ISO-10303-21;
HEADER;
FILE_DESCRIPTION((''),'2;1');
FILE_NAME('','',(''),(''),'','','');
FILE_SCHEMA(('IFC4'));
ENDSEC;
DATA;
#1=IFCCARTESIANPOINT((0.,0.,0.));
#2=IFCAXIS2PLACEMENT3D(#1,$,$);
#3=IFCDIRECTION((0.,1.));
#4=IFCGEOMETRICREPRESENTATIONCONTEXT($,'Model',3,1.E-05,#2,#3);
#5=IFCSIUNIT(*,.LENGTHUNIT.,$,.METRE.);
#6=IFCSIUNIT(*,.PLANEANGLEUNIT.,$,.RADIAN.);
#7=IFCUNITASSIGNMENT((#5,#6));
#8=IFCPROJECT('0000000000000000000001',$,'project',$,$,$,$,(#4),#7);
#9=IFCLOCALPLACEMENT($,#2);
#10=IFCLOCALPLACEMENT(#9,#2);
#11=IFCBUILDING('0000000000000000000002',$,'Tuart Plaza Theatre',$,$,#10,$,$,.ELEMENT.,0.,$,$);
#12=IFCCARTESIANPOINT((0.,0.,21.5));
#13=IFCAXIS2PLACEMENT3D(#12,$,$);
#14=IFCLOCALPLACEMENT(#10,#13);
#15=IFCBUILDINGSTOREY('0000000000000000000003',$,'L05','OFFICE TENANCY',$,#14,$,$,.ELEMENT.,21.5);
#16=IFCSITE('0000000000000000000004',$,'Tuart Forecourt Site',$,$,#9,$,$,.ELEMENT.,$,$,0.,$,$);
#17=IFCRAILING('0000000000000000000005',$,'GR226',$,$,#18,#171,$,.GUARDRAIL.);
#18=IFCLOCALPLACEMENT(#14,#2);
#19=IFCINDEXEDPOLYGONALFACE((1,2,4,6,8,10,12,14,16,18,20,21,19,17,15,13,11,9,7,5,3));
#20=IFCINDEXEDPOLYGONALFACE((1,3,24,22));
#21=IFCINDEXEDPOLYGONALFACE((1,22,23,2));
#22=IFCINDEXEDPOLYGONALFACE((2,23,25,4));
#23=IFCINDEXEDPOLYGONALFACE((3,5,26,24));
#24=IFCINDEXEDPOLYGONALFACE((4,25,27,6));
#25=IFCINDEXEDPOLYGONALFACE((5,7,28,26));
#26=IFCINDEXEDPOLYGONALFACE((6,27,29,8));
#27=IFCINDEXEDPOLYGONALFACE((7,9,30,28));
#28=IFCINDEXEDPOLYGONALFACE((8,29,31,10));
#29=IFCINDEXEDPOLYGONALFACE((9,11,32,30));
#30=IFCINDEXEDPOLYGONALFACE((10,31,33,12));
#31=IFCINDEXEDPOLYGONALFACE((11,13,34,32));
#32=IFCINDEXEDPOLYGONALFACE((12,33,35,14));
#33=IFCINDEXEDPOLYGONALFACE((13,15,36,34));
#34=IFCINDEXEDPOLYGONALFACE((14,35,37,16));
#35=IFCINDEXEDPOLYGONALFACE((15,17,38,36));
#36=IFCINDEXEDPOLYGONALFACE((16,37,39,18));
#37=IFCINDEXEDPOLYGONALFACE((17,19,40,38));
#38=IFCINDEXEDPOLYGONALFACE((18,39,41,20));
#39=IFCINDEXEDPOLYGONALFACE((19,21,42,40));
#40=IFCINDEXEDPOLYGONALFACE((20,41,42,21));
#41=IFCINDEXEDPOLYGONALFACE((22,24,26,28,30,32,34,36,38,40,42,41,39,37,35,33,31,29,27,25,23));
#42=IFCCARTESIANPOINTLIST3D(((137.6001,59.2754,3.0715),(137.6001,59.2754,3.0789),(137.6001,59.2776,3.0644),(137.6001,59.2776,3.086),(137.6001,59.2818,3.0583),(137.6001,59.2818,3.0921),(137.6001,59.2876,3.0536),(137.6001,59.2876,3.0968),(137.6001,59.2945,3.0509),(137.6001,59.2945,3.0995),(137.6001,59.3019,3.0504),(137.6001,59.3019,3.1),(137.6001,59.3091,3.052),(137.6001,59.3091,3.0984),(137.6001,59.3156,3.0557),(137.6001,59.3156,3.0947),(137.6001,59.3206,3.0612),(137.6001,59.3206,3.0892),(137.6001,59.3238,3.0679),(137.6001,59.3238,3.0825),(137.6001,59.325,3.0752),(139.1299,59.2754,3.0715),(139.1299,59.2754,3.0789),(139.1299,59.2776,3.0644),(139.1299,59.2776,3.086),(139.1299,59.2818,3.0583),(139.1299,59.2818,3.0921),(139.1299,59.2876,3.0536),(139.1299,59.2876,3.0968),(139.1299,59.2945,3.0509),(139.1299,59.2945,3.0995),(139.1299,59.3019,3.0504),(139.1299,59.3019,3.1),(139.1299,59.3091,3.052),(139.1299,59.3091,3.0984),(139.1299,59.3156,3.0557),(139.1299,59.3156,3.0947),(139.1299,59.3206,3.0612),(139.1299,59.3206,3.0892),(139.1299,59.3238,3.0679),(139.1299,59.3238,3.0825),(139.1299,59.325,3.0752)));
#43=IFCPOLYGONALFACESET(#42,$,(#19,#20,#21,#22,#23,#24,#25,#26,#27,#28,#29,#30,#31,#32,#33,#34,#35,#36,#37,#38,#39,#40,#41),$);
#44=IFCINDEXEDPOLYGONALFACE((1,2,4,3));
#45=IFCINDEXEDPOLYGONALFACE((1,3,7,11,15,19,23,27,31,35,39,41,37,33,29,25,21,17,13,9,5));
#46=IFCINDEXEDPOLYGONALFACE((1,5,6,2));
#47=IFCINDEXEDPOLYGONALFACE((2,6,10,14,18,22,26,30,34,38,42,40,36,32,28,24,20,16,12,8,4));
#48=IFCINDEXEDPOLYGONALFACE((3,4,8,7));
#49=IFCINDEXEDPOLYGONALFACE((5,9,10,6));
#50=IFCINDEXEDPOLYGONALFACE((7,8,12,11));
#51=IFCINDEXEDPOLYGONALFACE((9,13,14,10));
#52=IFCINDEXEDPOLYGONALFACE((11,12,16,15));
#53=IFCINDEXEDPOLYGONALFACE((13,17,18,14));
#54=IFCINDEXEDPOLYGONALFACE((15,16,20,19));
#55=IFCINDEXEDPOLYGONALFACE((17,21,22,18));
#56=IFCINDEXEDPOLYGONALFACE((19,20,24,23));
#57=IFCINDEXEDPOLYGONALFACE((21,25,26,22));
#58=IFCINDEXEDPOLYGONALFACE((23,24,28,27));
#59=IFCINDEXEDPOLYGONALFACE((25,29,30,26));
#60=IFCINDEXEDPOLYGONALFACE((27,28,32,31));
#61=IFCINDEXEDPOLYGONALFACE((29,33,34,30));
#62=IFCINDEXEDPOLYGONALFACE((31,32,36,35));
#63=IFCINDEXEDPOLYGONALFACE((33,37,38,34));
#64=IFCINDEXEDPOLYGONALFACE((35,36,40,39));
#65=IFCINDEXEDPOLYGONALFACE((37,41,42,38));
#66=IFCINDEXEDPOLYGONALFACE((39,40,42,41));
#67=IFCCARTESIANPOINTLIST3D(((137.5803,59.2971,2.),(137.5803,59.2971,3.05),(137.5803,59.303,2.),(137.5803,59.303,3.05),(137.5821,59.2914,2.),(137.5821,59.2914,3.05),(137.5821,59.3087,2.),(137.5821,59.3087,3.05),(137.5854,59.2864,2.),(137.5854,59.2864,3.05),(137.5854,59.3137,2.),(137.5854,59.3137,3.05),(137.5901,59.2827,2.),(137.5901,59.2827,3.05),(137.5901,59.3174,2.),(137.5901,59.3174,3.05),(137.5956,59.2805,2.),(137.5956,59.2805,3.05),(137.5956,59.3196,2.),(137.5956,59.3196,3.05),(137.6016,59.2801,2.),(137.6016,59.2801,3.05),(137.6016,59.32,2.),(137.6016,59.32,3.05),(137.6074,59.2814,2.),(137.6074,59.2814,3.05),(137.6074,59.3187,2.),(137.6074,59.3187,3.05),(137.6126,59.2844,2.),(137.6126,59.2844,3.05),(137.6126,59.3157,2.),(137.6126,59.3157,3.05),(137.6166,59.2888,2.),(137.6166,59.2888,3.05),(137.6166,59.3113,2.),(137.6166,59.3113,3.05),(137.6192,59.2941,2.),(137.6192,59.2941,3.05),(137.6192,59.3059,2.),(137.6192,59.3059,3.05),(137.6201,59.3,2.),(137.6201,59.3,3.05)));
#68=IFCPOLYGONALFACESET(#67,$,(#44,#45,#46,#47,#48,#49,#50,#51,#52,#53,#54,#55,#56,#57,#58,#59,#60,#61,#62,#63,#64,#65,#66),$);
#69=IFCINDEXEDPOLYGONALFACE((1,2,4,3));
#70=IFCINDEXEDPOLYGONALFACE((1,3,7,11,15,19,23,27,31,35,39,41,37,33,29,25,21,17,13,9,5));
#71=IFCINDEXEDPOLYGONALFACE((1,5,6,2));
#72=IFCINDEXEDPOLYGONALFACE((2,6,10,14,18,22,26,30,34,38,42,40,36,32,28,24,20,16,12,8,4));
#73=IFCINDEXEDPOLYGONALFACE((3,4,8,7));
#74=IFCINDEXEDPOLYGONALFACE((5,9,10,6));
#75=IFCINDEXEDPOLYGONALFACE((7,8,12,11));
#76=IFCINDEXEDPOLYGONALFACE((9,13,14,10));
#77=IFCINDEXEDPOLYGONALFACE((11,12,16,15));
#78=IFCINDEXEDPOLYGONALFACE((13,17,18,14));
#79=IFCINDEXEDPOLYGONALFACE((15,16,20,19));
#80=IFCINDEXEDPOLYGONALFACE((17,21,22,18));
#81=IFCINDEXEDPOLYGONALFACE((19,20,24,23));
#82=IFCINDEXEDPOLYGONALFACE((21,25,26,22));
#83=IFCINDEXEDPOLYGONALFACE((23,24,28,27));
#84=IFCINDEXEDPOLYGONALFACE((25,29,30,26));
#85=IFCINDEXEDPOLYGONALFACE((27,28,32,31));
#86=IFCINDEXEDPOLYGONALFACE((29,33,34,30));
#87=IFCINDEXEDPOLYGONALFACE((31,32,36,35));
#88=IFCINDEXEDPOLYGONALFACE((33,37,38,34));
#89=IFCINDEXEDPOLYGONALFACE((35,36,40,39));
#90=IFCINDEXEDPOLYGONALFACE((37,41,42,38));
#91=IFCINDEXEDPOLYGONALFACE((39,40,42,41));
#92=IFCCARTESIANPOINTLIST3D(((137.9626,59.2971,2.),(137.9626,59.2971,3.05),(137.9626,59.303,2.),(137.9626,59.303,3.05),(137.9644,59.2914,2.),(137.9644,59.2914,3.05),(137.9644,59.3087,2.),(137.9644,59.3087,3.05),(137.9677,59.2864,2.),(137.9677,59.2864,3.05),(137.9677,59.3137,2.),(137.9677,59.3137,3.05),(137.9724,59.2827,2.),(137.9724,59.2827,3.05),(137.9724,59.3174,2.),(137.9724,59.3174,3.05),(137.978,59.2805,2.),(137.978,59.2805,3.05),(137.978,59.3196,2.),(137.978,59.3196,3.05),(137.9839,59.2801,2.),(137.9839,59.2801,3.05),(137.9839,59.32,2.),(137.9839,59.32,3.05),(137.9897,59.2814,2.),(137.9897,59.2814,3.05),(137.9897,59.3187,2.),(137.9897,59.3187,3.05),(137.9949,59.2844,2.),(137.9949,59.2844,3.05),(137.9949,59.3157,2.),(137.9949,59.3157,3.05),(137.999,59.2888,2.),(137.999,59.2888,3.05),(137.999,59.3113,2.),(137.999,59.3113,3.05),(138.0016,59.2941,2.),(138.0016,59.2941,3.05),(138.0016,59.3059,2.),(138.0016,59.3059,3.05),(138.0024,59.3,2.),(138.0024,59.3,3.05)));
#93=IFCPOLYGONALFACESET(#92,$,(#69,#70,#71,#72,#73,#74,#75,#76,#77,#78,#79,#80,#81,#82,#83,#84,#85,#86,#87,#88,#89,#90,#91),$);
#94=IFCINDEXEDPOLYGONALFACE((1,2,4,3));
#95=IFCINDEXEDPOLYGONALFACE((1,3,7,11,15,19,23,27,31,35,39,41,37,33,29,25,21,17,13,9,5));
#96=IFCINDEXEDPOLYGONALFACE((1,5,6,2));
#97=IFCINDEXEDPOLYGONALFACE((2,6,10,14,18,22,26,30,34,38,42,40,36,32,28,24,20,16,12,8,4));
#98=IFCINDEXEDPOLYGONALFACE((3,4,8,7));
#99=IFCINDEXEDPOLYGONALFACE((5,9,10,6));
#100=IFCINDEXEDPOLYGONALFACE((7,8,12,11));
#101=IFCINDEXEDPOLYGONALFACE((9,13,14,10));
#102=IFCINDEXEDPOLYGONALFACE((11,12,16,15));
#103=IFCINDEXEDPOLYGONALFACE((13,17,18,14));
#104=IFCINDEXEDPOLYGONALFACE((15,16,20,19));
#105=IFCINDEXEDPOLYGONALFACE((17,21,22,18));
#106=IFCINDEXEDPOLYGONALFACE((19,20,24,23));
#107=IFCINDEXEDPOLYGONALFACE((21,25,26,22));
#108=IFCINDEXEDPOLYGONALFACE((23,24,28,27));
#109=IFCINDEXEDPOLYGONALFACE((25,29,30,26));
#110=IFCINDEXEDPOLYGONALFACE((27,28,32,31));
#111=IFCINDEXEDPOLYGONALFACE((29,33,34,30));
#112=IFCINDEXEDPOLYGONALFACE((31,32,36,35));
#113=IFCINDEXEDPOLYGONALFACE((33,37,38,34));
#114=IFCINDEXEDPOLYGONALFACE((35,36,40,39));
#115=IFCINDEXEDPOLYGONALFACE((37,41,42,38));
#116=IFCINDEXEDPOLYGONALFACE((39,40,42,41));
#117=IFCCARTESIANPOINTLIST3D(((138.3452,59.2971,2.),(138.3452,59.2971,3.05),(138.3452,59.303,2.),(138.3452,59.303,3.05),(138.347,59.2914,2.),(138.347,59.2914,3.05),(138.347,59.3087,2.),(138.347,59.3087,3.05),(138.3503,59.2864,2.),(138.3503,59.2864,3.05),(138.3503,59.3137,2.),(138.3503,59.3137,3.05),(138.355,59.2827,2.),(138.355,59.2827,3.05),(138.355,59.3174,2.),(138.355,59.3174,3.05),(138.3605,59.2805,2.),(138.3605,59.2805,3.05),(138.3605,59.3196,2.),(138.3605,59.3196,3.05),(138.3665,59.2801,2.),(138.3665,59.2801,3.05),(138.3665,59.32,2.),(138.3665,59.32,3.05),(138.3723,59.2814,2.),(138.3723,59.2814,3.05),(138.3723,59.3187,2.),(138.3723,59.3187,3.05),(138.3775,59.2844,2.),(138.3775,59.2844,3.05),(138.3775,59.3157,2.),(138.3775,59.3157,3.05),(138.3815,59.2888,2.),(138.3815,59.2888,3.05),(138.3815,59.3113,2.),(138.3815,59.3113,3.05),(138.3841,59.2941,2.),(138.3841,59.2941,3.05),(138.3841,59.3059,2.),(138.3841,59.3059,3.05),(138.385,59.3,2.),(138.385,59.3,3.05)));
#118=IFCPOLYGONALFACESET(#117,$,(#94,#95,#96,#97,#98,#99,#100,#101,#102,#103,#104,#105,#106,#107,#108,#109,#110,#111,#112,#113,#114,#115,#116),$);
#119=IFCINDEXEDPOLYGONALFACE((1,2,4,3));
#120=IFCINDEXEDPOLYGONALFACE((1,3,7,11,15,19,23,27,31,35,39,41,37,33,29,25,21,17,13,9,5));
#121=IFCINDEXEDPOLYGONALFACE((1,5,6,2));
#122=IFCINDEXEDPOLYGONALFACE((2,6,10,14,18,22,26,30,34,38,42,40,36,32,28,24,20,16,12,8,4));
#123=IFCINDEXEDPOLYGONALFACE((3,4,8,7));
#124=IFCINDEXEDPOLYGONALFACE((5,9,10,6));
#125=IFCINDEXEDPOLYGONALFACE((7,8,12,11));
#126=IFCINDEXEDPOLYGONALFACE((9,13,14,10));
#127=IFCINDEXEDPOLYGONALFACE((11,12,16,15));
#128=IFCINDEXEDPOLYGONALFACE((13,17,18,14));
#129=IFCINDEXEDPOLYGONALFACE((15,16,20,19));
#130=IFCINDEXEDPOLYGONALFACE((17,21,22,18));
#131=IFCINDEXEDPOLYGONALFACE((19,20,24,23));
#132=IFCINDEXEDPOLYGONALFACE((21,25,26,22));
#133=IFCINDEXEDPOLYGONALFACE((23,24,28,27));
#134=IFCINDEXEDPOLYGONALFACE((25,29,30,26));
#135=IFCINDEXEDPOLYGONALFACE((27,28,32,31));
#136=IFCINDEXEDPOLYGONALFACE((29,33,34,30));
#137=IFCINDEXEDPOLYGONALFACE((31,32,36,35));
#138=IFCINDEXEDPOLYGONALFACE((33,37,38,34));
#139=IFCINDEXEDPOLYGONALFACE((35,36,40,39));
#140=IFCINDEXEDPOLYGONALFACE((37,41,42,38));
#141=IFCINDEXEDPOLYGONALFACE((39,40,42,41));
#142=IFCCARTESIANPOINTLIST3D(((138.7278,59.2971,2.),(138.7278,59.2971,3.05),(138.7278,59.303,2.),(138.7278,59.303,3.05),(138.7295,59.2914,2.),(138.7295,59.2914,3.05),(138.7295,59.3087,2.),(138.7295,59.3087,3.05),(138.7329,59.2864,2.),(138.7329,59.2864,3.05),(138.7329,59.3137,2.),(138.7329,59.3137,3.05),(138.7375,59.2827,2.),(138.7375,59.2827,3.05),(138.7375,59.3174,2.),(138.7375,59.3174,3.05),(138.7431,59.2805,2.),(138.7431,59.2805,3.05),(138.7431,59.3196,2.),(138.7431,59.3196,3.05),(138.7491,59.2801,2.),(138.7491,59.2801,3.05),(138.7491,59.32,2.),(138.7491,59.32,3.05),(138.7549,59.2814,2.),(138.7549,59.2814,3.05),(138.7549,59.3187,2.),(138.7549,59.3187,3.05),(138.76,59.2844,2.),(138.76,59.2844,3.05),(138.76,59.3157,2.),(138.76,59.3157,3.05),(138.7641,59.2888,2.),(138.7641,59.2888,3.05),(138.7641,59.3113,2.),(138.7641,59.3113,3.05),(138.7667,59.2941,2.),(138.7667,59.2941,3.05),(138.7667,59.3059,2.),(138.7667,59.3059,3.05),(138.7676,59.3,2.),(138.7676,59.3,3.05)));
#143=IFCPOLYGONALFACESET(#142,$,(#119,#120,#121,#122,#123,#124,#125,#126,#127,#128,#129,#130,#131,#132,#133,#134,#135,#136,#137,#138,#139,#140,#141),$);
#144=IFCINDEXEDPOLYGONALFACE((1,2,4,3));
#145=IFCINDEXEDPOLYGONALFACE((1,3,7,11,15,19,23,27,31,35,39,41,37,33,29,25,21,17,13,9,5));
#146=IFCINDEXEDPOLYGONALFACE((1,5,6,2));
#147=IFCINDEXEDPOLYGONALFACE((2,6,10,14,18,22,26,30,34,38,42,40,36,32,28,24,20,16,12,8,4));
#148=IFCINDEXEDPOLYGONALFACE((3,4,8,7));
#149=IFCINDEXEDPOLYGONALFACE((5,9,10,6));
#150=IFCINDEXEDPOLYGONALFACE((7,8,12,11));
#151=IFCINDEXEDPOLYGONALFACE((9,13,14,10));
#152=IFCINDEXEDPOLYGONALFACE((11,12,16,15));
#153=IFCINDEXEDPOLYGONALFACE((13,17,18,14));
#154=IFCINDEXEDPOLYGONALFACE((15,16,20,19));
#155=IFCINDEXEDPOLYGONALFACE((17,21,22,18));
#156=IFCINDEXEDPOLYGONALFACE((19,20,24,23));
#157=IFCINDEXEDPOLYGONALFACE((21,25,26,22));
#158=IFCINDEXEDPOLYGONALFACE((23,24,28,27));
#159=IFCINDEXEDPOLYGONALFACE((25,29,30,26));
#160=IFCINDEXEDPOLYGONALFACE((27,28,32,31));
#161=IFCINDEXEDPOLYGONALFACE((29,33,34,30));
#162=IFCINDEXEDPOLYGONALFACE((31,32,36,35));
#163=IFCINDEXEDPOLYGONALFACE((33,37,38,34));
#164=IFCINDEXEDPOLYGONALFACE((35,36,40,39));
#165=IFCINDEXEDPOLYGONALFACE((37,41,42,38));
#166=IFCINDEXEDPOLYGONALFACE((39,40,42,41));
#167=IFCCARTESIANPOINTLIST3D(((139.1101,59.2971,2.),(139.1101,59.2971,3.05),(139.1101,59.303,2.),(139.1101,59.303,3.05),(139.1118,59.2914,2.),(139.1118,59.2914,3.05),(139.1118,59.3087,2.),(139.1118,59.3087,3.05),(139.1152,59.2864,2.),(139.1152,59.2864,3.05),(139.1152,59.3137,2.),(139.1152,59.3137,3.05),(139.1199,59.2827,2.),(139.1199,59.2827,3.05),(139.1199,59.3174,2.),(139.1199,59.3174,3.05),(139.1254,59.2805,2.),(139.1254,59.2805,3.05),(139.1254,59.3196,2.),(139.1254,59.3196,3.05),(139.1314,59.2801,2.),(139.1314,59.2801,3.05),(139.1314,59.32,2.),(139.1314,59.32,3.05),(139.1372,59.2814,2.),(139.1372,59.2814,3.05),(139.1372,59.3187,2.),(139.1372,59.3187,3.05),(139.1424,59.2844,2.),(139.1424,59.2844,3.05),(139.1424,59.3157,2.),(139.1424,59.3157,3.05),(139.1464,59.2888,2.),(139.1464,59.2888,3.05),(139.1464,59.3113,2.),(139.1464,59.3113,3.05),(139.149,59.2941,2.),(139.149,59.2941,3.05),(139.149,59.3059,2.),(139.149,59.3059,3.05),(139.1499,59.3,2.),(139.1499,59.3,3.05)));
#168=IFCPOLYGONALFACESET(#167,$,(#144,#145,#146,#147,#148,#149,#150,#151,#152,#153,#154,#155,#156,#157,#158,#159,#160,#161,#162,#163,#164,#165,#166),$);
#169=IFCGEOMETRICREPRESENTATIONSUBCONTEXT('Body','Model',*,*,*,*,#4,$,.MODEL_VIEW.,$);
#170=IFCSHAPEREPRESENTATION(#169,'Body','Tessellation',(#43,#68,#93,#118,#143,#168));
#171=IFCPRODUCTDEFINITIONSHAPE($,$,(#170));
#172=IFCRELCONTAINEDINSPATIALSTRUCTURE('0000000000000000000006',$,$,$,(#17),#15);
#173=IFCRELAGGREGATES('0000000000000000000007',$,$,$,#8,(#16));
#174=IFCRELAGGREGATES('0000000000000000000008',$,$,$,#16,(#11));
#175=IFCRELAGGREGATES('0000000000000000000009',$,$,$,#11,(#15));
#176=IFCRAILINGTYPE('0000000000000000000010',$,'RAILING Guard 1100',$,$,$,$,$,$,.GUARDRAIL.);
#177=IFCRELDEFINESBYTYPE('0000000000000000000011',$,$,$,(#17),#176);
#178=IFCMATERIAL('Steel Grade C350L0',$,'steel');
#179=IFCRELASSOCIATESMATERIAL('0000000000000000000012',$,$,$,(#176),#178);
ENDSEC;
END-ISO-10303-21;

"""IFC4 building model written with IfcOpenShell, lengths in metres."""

from ifc_helpers import new_model, si_unit, direction, frame, origin, origin_2d, place, context, subcontext, project, spatial, circle, extrude, material, type_object, element, save


model = new_model("IFC4")

# Units and contexts
model_context = context("Model", 3, precision=1e-05, world=origin(), true_north=direction((0.0, 1.0)))
body_context = subcontext(model_context, "Body", "Model", "MODEL_VIEW")
ifc_project = project(units=[si_unit("LENGTHUNIT", "METRE"), si_unit("PLANEANGLEUNIT", "RADIAN")], contexts=[model_context])

# Site, building, storey
site_placement = place(None, origin())
site = spatial("IfcSite", under=ifc_project, at=site_placement, Name="Tuart Forecourt Site", CompositionType="ELEMENT", RefElevation=0.0)
building_placement = place(site_placement, origin())
building = spatial("IfcBuilding", under=site, at=building_placement, Name="Tuart Plaza Theatre", CompositionType="ELEMENT", ElevationOfRefHeight=0.0)
storey_placement = place(building_placement, frame((0.0, 0.0, 21.5)))
storey = spatial("IfcBuildingStorey", under=building, at=storey_placement, Name="L05", Description="OFFICE TENANCY", CompositionType="ELEMENT", Elevation=21.5)

# Railing
ifc_material_1 = material(Name="Steel Grade C350L0", Category="steel")
railing_type_1 = type_object("IfcRailingType", Name="RAILING Guard 1100", PredefinedType="GUARDRAIL", material=ifc_material_1)
railing_1_placement = place(storey_placement, frame((137.6001, 59.3, 2.0)))
element("IfcRailing", 1, at=railing_1_placement, inside=storey, type_object=railing_type_1, Name="GR226", PredefinedType="GUARDRAIL", context=body_context, shape_type="SweptSolid", body=[
    extrude(circle(Radius=0.0249, at=origin_2d()), frame((0.0, 0.0, 1.0752), z_axis=(1.0, 0.0, 0.0), x_axis=(0.0, 1.0, 0.0)), (0.0, 0.0, 1.0), 1.5298),
    extrude(circle(Radius=0.02, at=origin_2d()), origin(), (0.0, 0.0, 1.0), 1.05),
    extrude(circle(Radius=0.02, at=origin_2d()), frame((0.3823, 0.0, 0.0)), (0.0, 0.0, 1.0), 1.05),
    extrude(circle(Radius=0.02, at=origin_2d()), frame((0.7649, 0.0, 0.0)), (0.0, 0.0, 1.0), 1.05),
    extrude(circle(Radius=0.02, at=origin_2d()), frame((1.1475, 0.0, 0.0)), (0.0, 0.0, 1.0), 1.05),
    extrude(circle(Radius=0.02, at=origin_2d()), frame((1.5298, 0.0, 0.0)), (0.0, 0.0, 1.0), 1.05),
])

save(model, "model.ifc")
